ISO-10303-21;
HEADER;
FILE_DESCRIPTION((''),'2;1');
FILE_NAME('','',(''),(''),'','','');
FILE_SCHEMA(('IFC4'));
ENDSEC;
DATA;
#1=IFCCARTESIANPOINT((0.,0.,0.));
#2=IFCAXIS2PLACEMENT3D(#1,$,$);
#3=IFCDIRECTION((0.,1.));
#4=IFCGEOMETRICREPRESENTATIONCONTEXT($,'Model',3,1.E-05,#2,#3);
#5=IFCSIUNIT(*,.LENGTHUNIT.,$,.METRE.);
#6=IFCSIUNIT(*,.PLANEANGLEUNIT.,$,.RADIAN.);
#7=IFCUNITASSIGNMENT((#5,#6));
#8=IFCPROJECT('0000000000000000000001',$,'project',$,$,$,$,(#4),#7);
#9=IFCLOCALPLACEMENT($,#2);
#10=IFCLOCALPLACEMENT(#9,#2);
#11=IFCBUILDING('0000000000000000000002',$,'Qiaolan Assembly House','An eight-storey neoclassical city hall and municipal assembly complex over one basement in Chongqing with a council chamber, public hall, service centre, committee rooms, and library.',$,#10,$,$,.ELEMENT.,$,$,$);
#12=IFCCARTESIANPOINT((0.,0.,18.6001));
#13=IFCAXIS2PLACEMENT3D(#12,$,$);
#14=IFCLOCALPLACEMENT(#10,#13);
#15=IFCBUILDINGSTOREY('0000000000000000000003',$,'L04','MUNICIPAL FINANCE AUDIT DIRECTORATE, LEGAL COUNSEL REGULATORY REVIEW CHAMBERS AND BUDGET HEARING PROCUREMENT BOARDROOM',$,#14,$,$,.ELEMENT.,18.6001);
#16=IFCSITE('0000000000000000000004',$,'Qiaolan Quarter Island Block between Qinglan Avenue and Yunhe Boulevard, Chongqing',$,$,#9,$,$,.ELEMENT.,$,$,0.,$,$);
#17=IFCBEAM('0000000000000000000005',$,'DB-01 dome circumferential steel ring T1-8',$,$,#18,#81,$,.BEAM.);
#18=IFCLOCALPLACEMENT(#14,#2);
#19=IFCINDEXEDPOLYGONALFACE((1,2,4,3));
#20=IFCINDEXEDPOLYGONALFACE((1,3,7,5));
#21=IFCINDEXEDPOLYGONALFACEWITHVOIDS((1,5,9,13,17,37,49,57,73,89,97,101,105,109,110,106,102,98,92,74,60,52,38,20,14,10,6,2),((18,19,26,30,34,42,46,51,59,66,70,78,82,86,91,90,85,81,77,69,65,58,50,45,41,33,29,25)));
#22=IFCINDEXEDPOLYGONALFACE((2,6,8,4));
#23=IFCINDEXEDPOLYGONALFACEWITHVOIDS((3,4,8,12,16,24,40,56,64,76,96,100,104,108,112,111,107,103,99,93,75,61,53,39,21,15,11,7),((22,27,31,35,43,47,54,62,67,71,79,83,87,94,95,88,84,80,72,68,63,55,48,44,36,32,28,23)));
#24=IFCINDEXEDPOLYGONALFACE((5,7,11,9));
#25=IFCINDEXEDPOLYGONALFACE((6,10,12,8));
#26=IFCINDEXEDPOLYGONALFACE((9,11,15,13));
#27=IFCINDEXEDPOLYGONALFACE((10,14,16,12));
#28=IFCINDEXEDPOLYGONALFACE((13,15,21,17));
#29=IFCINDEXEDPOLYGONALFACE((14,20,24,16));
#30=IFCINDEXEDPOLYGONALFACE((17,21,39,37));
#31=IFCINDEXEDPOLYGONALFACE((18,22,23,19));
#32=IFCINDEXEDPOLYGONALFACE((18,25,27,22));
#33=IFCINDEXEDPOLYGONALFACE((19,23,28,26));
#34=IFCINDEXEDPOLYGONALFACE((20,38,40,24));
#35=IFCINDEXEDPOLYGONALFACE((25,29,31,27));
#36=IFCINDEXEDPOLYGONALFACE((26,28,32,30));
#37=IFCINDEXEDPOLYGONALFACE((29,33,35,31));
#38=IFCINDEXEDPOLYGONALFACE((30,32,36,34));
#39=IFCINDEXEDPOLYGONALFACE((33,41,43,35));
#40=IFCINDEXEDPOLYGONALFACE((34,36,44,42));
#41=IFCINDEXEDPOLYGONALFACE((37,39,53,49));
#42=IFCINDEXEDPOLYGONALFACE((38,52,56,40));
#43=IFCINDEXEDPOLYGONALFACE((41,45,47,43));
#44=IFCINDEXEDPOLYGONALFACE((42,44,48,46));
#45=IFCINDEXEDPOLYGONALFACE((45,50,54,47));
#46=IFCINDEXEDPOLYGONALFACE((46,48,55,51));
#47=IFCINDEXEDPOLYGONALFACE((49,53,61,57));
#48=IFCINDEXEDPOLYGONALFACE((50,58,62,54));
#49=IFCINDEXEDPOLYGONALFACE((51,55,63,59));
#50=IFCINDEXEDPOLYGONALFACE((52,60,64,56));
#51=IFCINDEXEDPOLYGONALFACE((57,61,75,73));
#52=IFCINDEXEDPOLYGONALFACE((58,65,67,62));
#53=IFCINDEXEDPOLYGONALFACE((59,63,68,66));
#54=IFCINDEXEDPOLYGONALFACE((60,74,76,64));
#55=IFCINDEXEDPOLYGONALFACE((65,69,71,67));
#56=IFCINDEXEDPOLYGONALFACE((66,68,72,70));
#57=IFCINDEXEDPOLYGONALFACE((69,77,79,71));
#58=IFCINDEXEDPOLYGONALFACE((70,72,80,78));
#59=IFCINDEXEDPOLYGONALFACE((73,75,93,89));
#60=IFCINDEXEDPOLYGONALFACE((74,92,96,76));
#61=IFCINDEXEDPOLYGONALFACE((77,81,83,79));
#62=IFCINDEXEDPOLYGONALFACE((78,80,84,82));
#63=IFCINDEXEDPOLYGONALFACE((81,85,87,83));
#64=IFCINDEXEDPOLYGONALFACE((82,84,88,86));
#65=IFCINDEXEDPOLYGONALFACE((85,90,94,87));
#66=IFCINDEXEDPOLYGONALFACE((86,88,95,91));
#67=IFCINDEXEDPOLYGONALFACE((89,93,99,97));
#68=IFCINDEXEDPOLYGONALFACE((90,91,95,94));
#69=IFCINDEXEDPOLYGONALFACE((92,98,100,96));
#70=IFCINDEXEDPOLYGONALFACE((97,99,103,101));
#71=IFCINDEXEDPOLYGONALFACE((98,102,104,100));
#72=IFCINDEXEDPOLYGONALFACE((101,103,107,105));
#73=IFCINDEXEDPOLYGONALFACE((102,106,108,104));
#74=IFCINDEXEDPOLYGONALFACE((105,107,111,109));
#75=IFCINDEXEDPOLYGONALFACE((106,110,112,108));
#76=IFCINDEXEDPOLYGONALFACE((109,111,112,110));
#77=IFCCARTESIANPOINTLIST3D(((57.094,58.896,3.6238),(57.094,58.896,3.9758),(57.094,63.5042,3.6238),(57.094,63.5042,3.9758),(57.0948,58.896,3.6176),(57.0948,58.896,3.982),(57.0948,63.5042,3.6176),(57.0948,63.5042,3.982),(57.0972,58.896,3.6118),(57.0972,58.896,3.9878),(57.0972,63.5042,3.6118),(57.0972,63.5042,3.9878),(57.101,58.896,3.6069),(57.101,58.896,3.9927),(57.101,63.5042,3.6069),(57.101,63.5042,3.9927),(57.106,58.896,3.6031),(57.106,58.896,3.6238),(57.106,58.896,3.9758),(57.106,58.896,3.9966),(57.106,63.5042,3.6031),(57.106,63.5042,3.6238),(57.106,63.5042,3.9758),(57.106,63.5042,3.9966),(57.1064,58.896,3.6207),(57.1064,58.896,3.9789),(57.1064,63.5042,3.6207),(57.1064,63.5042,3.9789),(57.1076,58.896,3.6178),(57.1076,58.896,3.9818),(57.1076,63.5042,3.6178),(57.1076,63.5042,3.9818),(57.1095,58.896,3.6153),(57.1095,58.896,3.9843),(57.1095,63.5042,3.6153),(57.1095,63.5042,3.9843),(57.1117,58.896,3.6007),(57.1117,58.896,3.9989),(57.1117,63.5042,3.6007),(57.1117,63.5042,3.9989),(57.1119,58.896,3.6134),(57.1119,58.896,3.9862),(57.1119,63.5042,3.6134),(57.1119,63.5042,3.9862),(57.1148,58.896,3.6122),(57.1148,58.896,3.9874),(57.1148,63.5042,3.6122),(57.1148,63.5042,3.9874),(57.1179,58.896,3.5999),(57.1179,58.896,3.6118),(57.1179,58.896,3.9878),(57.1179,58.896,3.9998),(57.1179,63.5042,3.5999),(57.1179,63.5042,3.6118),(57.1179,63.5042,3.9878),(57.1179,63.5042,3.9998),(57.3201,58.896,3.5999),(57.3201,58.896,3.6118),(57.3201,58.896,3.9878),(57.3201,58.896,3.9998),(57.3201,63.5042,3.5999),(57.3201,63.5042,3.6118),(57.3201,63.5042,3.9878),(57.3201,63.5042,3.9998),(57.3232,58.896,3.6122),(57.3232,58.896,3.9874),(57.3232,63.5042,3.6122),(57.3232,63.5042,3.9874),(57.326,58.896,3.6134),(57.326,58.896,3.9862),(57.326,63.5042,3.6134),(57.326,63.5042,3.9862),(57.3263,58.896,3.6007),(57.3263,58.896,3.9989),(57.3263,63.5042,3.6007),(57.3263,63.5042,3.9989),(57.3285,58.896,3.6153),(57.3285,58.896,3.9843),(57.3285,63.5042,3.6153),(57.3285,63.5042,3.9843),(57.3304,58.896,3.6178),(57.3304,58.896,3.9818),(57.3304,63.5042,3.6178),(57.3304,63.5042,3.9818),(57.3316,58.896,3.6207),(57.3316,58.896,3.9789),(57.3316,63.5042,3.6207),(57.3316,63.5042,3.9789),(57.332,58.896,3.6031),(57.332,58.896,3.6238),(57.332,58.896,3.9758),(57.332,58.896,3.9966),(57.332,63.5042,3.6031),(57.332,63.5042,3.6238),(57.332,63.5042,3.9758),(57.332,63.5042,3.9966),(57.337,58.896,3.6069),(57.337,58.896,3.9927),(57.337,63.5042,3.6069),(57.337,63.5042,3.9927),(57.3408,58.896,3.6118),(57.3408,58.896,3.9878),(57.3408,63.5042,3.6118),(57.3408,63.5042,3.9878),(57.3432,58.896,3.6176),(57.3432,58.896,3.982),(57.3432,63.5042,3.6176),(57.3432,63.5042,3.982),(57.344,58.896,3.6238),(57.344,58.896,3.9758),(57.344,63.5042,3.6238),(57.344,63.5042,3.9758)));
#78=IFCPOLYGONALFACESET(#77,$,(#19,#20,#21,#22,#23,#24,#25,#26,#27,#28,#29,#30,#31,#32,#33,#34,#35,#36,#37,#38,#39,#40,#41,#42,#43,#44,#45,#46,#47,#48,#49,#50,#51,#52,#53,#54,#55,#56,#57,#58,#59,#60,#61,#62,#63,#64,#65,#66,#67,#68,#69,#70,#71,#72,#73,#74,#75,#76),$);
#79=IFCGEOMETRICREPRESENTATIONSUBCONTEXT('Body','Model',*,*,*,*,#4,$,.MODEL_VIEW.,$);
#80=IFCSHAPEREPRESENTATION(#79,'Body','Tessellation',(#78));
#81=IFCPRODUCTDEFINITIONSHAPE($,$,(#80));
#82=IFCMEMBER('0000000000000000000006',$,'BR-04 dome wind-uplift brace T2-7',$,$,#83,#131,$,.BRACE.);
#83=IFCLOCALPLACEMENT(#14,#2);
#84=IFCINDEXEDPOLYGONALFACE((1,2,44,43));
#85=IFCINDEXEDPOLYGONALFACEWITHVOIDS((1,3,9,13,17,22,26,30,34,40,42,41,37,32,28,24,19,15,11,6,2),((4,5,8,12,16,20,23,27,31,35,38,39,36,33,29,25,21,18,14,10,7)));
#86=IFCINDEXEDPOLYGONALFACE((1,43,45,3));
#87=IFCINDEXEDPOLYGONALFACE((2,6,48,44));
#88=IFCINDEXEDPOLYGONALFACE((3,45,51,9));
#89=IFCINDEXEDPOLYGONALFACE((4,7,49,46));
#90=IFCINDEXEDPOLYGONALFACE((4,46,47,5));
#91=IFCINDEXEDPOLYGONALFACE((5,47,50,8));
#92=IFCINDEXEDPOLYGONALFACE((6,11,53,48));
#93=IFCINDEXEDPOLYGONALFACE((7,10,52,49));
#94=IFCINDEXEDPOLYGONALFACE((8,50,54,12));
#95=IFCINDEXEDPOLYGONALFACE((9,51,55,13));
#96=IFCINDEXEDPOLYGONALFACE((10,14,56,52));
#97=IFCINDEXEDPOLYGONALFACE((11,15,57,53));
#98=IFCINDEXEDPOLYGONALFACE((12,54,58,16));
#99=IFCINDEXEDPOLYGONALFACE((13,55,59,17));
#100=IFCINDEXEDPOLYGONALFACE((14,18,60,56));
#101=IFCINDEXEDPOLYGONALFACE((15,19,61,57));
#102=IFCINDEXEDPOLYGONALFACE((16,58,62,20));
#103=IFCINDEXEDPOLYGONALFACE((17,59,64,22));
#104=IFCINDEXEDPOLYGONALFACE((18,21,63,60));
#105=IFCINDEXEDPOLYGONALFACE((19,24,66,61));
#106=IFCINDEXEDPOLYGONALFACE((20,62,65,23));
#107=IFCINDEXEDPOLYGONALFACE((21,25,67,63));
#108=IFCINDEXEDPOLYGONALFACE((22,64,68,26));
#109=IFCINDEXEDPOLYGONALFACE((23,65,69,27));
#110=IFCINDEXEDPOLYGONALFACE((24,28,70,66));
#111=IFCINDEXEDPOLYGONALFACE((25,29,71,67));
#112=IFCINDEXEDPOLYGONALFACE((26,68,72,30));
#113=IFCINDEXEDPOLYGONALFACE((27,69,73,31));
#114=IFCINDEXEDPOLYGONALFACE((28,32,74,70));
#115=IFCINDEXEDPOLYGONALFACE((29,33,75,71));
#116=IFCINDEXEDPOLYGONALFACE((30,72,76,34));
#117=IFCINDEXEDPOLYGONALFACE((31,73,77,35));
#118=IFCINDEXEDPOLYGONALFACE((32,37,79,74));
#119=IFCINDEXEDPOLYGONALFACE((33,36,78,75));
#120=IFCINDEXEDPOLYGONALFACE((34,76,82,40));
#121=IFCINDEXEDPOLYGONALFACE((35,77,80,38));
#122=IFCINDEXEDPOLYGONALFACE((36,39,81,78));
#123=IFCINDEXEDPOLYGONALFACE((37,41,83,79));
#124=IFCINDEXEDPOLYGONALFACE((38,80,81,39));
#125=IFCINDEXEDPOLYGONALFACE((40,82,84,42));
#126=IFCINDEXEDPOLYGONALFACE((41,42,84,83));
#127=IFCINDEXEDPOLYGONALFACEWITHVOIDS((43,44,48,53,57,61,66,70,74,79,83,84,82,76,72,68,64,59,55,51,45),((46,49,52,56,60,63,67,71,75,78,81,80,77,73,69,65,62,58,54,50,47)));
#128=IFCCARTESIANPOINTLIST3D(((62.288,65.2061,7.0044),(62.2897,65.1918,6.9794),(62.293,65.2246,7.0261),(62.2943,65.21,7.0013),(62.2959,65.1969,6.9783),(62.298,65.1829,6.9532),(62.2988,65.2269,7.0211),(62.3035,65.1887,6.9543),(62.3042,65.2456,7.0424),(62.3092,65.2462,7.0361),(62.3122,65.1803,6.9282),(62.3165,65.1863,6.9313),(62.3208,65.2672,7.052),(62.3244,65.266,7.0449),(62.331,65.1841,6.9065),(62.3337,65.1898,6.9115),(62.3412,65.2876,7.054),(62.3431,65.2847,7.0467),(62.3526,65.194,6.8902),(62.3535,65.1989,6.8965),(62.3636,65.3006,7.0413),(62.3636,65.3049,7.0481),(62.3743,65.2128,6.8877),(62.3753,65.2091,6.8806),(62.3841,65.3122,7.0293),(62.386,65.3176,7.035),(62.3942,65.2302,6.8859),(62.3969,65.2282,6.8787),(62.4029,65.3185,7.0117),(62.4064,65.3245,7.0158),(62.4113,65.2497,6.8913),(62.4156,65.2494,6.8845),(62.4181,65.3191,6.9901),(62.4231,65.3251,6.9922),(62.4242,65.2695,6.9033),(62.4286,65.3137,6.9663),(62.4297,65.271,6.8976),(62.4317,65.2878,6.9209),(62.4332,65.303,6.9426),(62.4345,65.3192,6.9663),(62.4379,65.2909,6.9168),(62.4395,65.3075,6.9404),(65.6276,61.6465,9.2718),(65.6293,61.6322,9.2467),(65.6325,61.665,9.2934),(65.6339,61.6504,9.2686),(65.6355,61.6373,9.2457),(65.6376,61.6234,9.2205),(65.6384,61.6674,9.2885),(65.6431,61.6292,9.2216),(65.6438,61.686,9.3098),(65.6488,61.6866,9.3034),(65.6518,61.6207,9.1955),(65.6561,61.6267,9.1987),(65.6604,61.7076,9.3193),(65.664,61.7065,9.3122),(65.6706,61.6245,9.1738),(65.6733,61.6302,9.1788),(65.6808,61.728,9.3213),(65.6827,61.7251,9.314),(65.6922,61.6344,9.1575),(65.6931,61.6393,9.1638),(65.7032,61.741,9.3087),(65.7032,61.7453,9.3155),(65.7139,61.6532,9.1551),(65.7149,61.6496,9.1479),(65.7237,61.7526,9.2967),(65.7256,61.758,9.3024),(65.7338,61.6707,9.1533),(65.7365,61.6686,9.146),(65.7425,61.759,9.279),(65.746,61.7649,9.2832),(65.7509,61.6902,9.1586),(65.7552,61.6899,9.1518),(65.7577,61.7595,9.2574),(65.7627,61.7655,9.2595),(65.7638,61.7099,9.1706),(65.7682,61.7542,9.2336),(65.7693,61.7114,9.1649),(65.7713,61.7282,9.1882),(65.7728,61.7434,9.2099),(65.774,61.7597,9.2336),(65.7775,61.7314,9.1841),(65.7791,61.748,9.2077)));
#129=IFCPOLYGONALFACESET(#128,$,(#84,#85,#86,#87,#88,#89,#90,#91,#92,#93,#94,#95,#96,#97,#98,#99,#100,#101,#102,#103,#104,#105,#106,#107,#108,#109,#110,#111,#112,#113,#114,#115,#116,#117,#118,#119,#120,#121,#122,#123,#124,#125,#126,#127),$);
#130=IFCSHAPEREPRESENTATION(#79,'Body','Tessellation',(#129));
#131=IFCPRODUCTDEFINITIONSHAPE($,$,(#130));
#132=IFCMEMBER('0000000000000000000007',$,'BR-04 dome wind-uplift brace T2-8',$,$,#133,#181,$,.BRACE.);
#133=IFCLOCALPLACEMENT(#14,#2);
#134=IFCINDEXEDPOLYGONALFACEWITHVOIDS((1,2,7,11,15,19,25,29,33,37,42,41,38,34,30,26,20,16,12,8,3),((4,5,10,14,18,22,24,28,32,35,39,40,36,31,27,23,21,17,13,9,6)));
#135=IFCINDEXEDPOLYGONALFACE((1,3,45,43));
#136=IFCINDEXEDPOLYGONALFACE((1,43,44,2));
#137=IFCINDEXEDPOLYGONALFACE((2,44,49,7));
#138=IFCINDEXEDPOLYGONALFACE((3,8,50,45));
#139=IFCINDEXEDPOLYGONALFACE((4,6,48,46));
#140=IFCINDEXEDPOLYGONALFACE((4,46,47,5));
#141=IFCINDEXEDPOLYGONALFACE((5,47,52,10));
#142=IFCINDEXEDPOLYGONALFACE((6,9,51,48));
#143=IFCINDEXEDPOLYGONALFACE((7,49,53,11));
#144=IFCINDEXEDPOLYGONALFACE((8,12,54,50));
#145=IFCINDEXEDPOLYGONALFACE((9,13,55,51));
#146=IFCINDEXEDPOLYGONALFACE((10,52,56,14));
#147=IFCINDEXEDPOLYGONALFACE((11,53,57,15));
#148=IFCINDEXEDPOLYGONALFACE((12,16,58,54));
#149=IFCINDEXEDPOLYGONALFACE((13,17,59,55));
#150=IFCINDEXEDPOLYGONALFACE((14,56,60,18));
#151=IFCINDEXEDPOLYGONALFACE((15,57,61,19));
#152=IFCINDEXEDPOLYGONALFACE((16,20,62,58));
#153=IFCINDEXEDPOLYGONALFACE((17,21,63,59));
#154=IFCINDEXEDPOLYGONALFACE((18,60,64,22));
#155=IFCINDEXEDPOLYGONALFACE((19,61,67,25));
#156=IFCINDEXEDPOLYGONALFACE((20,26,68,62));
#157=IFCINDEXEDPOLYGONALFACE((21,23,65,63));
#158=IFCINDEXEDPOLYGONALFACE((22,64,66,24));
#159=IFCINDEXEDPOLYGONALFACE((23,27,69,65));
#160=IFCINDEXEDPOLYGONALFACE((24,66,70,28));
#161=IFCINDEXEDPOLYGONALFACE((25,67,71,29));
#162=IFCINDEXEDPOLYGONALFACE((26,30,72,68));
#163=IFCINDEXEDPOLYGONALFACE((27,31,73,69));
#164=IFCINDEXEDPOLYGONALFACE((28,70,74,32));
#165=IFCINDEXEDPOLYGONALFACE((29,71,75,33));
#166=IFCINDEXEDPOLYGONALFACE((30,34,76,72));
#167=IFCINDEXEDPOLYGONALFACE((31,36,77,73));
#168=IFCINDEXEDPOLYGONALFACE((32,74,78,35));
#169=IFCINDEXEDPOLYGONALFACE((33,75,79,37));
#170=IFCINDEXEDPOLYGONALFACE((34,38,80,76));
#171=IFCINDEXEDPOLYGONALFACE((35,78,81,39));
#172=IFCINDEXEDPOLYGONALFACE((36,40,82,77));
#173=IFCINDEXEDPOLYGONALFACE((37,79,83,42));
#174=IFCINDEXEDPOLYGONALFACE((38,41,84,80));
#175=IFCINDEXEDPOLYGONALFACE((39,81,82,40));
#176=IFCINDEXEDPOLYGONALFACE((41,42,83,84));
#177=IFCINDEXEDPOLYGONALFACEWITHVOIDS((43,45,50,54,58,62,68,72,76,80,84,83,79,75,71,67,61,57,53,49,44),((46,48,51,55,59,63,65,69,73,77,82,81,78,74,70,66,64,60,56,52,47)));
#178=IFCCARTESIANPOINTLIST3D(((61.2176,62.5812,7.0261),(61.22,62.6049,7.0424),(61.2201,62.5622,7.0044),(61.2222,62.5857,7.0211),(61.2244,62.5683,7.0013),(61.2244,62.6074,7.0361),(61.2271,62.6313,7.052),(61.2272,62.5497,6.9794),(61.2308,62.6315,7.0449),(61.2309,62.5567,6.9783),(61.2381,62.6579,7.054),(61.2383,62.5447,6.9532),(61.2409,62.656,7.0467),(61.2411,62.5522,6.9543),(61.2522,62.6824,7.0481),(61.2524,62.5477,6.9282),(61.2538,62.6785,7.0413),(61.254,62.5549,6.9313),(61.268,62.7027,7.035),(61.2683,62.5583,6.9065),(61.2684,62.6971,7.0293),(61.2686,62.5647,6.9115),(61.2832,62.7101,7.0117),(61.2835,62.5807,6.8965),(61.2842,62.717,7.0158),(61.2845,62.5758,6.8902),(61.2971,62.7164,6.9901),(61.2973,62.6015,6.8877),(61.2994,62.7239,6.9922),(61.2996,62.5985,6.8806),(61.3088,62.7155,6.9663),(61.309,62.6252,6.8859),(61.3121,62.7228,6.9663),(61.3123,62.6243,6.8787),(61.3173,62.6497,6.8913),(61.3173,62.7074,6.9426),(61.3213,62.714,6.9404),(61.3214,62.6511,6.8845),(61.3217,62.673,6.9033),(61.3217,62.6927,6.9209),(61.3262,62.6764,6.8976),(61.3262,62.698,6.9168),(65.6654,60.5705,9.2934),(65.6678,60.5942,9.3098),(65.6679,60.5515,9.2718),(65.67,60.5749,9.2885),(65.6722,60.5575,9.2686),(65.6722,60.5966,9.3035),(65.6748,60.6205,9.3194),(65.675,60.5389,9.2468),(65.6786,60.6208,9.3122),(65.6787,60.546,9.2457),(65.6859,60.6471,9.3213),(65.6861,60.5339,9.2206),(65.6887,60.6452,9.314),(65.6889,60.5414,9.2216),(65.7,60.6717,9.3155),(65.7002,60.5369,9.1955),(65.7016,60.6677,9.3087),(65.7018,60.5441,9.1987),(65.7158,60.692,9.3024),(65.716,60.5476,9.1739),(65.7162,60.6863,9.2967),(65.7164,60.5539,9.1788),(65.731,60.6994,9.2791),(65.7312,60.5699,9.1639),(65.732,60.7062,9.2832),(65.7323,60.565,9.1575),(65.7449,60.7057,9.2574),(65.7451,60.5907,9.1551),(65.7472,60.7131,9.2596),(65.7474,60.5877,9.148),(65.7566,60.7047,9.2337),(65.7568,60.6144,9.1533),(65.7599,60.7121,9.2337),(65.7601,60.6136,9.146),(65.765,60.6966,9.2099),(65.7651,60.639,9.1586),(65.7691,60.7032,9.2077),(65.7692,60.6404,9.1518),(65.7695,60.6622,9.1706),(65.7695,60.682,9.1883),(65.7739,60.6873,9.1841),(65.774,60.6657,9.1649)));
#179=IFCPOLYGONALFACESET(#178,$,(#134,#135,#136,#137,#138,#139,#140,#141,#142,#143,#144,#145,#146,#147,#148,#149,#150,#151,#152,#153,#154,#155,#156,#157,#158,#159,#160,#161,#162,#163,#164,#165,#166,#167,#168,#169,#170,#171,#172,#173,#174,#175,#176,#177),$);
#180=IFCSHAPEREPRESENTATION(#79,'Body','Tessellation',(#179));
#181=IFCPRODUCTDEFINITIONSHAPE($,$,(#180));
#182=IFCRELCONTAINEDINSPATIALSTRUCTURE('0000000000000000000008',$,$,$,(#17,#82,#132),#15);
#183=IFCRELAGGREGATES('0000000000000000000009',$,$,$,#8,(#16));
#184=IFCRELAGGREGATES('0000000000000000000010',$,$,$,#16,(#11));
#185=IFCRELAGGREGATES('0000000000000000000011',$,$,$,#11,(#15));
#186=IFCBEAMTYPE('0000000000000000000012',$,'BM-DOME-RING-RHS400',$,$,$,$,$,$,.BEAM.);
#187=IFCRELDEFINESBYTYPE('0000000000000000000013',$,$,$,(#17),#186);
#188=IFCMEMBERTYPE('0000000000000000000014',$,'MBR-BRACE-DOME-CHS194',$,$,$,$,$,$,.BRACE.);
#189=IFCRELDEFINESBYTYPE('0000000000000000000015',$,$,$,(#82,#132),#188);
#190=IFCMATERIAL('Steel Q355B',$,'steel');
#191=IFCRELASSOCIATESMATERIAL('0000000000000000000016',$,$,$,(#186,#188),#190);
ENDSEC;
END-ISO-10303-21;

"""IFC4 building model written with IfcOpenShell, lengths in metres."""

from ifc_helpers import new_model, si_unit, direction, frame, origin, origin_2d, place, context, subcontext, project, spatial, hollow_rectangle, hollow_circle, extrude, material, material_profile, profile_set, type_object, element, save


model = new_model("IFC4")

# Units and contexts
model_context = context("Model", 3, precision=1e-05, world=origin(), true_north=direction((0.0, 1.0)))
body_context = subcontext(model_context, "Body", "Model", "MODEL_VIEW")
ifc_project = project(units=[si_unit("LENGTHUNIT", "METRE"), si_unit("PLANEANGLEUNIT", "RADIAN")], contexts=[model_context])

# Site, building, storey
site_placement = place(None, origin())
site = spatial("IfcSite", under=ifc_project, at=site_placement, Name="Qiaolan Quarter Island Block between Qinglan Avenue and Yunhe Boulevard, Chongqing", CompositionType="ELEMENT", RefElevation=0.0)
building_placement = place(site_placement, origin())
building = spatial("IfcBuilding", under=site, at=building_placement, Name="Qiaolan Assembly House", Description="An eight-storey neoclassical city hall and municipal assembly complex over one basement in Chongqing with a council chamber, public hall, service centre, committee rooms, and library.", CompositionType="ELEMENT")
storey_placement = place(building_placement, frame((0.0, 0.0, 18.6001)))
storey = spatial("IfcBuildingStorey", under=building, at=storey_placement, Name="L04", Description="MUNICIPAL FINANCE AUDIT DIRECTORATE, LEGAL COUNSEL REGULATORY REVIEW CHAMBERS AND BUDGET HEARING PROCUREMENT BOARDROOM", CompositionType="ELEMENT", Elevation=18.6001)

# Beam
ifc_material_1 = material(Name="Steel Q355B", Category="steel")
ifc_material_profile_1 = material_profile(ifc_material_1, hollow_rectangle(XDim=0.25, YDim=0.3999, WallThickness=0.012, InnerFilletRadius=0.012, OuterFilletRadius=0.0239, at=origin_2d()), Name="RHS 400x250x12")
ifc_profile_set_1 = profile_set([ifc_material_profile_1], Name="Steel Q355B")
beam_type_1 = type_object("IfcBeamType", Name="BM-DOME-RING-RHS400", PredefinedType="BEAM", material=ifc_profile_set_1)
for number, where, z_axis, x_axis, name in (
    (1, (57.219, 63.5042, 3.7998), (0.0, -1.0, 0.0), (1.0, 0.0, 0.0), "DB-01 dome circumferential steel ring T1-8"),
):
    element("IfcBeam", number, at=place(storey_placement, frame(where, z_axis=z_axis, x_axis=x_axis)), inside=storey, type_object=beam_type_1, Name=name, PredefinedType="BEAM", context=body_context, shape_type="SweptSolid", body=[
        extrude(hollow_rectangle(XDim=0.25, YDim=0.3999, WallThickness=0.012, InnerFilletRadius=0.012, OuterFilletRadius=0.0239, at=origin_2d()), origin(), (0.0, 0.0, 1.0), 4.6082),
    ])

# Members
ifc_material_profile_2 = material_profile(ifc_material_1, hollow_circle(Radius=0.0969, WallThickness=0.0081, at=origin_2d()), Name="CHS 194x8")
ifc_profile_set_2 = profile_set([ifc_material_profile_2], Name="Steel Q355B")
member_type_1 = type_object("IfcMemberType", Name="MBR-BRACE-DOME-CHS194", PredefinedType="BRACE", material=ifc_profile_set_2)
member_1_placement = place(storey_placement, frame((62.3638, 65.2529, 6.9663), z_axis=(0.62053, -0.661403, 0.421293), x_axis=(0.729281, 0.684214, 0.0)))
element("IfcMember", 2, at=member_1_placement, inside=storey, type_object=member_type_1, Name="BR-04 dome wind-uplift brace T2-7", PredefinedType="BRACE", context=body_context, shape_type="SweptSolid", body=[
    extrude(hollow_circle(Radius=0.0969, WallThickness=0.0081, at=origin_2d()), origin(), (0.0, 0.0, 1.0), 5.3818),
])
member_2_placement = place(storey_placement, frame((61.2722, 62.6345, 6.9663), z_axis=(0.826406, -0.373602, 0.421277), x_axis=(0.41194, 0.911211, 0.0)))
element("IfcMember", 3, at=member_2_placement, inside=storey, type_object=member_type_1, Name="BR-04 dome wind-uplift brace T2-8", PredefinedType="BRACE", context=body_context, shape_type="SweptSolid", body=[
    extrude(hollow_circle(Radius=0.0969, WallThickness=0.0081, at=origin_2d()), origin(), (0.0, 0.0, 1.0), 5.3821),
])

save(model, "model.ifc")
